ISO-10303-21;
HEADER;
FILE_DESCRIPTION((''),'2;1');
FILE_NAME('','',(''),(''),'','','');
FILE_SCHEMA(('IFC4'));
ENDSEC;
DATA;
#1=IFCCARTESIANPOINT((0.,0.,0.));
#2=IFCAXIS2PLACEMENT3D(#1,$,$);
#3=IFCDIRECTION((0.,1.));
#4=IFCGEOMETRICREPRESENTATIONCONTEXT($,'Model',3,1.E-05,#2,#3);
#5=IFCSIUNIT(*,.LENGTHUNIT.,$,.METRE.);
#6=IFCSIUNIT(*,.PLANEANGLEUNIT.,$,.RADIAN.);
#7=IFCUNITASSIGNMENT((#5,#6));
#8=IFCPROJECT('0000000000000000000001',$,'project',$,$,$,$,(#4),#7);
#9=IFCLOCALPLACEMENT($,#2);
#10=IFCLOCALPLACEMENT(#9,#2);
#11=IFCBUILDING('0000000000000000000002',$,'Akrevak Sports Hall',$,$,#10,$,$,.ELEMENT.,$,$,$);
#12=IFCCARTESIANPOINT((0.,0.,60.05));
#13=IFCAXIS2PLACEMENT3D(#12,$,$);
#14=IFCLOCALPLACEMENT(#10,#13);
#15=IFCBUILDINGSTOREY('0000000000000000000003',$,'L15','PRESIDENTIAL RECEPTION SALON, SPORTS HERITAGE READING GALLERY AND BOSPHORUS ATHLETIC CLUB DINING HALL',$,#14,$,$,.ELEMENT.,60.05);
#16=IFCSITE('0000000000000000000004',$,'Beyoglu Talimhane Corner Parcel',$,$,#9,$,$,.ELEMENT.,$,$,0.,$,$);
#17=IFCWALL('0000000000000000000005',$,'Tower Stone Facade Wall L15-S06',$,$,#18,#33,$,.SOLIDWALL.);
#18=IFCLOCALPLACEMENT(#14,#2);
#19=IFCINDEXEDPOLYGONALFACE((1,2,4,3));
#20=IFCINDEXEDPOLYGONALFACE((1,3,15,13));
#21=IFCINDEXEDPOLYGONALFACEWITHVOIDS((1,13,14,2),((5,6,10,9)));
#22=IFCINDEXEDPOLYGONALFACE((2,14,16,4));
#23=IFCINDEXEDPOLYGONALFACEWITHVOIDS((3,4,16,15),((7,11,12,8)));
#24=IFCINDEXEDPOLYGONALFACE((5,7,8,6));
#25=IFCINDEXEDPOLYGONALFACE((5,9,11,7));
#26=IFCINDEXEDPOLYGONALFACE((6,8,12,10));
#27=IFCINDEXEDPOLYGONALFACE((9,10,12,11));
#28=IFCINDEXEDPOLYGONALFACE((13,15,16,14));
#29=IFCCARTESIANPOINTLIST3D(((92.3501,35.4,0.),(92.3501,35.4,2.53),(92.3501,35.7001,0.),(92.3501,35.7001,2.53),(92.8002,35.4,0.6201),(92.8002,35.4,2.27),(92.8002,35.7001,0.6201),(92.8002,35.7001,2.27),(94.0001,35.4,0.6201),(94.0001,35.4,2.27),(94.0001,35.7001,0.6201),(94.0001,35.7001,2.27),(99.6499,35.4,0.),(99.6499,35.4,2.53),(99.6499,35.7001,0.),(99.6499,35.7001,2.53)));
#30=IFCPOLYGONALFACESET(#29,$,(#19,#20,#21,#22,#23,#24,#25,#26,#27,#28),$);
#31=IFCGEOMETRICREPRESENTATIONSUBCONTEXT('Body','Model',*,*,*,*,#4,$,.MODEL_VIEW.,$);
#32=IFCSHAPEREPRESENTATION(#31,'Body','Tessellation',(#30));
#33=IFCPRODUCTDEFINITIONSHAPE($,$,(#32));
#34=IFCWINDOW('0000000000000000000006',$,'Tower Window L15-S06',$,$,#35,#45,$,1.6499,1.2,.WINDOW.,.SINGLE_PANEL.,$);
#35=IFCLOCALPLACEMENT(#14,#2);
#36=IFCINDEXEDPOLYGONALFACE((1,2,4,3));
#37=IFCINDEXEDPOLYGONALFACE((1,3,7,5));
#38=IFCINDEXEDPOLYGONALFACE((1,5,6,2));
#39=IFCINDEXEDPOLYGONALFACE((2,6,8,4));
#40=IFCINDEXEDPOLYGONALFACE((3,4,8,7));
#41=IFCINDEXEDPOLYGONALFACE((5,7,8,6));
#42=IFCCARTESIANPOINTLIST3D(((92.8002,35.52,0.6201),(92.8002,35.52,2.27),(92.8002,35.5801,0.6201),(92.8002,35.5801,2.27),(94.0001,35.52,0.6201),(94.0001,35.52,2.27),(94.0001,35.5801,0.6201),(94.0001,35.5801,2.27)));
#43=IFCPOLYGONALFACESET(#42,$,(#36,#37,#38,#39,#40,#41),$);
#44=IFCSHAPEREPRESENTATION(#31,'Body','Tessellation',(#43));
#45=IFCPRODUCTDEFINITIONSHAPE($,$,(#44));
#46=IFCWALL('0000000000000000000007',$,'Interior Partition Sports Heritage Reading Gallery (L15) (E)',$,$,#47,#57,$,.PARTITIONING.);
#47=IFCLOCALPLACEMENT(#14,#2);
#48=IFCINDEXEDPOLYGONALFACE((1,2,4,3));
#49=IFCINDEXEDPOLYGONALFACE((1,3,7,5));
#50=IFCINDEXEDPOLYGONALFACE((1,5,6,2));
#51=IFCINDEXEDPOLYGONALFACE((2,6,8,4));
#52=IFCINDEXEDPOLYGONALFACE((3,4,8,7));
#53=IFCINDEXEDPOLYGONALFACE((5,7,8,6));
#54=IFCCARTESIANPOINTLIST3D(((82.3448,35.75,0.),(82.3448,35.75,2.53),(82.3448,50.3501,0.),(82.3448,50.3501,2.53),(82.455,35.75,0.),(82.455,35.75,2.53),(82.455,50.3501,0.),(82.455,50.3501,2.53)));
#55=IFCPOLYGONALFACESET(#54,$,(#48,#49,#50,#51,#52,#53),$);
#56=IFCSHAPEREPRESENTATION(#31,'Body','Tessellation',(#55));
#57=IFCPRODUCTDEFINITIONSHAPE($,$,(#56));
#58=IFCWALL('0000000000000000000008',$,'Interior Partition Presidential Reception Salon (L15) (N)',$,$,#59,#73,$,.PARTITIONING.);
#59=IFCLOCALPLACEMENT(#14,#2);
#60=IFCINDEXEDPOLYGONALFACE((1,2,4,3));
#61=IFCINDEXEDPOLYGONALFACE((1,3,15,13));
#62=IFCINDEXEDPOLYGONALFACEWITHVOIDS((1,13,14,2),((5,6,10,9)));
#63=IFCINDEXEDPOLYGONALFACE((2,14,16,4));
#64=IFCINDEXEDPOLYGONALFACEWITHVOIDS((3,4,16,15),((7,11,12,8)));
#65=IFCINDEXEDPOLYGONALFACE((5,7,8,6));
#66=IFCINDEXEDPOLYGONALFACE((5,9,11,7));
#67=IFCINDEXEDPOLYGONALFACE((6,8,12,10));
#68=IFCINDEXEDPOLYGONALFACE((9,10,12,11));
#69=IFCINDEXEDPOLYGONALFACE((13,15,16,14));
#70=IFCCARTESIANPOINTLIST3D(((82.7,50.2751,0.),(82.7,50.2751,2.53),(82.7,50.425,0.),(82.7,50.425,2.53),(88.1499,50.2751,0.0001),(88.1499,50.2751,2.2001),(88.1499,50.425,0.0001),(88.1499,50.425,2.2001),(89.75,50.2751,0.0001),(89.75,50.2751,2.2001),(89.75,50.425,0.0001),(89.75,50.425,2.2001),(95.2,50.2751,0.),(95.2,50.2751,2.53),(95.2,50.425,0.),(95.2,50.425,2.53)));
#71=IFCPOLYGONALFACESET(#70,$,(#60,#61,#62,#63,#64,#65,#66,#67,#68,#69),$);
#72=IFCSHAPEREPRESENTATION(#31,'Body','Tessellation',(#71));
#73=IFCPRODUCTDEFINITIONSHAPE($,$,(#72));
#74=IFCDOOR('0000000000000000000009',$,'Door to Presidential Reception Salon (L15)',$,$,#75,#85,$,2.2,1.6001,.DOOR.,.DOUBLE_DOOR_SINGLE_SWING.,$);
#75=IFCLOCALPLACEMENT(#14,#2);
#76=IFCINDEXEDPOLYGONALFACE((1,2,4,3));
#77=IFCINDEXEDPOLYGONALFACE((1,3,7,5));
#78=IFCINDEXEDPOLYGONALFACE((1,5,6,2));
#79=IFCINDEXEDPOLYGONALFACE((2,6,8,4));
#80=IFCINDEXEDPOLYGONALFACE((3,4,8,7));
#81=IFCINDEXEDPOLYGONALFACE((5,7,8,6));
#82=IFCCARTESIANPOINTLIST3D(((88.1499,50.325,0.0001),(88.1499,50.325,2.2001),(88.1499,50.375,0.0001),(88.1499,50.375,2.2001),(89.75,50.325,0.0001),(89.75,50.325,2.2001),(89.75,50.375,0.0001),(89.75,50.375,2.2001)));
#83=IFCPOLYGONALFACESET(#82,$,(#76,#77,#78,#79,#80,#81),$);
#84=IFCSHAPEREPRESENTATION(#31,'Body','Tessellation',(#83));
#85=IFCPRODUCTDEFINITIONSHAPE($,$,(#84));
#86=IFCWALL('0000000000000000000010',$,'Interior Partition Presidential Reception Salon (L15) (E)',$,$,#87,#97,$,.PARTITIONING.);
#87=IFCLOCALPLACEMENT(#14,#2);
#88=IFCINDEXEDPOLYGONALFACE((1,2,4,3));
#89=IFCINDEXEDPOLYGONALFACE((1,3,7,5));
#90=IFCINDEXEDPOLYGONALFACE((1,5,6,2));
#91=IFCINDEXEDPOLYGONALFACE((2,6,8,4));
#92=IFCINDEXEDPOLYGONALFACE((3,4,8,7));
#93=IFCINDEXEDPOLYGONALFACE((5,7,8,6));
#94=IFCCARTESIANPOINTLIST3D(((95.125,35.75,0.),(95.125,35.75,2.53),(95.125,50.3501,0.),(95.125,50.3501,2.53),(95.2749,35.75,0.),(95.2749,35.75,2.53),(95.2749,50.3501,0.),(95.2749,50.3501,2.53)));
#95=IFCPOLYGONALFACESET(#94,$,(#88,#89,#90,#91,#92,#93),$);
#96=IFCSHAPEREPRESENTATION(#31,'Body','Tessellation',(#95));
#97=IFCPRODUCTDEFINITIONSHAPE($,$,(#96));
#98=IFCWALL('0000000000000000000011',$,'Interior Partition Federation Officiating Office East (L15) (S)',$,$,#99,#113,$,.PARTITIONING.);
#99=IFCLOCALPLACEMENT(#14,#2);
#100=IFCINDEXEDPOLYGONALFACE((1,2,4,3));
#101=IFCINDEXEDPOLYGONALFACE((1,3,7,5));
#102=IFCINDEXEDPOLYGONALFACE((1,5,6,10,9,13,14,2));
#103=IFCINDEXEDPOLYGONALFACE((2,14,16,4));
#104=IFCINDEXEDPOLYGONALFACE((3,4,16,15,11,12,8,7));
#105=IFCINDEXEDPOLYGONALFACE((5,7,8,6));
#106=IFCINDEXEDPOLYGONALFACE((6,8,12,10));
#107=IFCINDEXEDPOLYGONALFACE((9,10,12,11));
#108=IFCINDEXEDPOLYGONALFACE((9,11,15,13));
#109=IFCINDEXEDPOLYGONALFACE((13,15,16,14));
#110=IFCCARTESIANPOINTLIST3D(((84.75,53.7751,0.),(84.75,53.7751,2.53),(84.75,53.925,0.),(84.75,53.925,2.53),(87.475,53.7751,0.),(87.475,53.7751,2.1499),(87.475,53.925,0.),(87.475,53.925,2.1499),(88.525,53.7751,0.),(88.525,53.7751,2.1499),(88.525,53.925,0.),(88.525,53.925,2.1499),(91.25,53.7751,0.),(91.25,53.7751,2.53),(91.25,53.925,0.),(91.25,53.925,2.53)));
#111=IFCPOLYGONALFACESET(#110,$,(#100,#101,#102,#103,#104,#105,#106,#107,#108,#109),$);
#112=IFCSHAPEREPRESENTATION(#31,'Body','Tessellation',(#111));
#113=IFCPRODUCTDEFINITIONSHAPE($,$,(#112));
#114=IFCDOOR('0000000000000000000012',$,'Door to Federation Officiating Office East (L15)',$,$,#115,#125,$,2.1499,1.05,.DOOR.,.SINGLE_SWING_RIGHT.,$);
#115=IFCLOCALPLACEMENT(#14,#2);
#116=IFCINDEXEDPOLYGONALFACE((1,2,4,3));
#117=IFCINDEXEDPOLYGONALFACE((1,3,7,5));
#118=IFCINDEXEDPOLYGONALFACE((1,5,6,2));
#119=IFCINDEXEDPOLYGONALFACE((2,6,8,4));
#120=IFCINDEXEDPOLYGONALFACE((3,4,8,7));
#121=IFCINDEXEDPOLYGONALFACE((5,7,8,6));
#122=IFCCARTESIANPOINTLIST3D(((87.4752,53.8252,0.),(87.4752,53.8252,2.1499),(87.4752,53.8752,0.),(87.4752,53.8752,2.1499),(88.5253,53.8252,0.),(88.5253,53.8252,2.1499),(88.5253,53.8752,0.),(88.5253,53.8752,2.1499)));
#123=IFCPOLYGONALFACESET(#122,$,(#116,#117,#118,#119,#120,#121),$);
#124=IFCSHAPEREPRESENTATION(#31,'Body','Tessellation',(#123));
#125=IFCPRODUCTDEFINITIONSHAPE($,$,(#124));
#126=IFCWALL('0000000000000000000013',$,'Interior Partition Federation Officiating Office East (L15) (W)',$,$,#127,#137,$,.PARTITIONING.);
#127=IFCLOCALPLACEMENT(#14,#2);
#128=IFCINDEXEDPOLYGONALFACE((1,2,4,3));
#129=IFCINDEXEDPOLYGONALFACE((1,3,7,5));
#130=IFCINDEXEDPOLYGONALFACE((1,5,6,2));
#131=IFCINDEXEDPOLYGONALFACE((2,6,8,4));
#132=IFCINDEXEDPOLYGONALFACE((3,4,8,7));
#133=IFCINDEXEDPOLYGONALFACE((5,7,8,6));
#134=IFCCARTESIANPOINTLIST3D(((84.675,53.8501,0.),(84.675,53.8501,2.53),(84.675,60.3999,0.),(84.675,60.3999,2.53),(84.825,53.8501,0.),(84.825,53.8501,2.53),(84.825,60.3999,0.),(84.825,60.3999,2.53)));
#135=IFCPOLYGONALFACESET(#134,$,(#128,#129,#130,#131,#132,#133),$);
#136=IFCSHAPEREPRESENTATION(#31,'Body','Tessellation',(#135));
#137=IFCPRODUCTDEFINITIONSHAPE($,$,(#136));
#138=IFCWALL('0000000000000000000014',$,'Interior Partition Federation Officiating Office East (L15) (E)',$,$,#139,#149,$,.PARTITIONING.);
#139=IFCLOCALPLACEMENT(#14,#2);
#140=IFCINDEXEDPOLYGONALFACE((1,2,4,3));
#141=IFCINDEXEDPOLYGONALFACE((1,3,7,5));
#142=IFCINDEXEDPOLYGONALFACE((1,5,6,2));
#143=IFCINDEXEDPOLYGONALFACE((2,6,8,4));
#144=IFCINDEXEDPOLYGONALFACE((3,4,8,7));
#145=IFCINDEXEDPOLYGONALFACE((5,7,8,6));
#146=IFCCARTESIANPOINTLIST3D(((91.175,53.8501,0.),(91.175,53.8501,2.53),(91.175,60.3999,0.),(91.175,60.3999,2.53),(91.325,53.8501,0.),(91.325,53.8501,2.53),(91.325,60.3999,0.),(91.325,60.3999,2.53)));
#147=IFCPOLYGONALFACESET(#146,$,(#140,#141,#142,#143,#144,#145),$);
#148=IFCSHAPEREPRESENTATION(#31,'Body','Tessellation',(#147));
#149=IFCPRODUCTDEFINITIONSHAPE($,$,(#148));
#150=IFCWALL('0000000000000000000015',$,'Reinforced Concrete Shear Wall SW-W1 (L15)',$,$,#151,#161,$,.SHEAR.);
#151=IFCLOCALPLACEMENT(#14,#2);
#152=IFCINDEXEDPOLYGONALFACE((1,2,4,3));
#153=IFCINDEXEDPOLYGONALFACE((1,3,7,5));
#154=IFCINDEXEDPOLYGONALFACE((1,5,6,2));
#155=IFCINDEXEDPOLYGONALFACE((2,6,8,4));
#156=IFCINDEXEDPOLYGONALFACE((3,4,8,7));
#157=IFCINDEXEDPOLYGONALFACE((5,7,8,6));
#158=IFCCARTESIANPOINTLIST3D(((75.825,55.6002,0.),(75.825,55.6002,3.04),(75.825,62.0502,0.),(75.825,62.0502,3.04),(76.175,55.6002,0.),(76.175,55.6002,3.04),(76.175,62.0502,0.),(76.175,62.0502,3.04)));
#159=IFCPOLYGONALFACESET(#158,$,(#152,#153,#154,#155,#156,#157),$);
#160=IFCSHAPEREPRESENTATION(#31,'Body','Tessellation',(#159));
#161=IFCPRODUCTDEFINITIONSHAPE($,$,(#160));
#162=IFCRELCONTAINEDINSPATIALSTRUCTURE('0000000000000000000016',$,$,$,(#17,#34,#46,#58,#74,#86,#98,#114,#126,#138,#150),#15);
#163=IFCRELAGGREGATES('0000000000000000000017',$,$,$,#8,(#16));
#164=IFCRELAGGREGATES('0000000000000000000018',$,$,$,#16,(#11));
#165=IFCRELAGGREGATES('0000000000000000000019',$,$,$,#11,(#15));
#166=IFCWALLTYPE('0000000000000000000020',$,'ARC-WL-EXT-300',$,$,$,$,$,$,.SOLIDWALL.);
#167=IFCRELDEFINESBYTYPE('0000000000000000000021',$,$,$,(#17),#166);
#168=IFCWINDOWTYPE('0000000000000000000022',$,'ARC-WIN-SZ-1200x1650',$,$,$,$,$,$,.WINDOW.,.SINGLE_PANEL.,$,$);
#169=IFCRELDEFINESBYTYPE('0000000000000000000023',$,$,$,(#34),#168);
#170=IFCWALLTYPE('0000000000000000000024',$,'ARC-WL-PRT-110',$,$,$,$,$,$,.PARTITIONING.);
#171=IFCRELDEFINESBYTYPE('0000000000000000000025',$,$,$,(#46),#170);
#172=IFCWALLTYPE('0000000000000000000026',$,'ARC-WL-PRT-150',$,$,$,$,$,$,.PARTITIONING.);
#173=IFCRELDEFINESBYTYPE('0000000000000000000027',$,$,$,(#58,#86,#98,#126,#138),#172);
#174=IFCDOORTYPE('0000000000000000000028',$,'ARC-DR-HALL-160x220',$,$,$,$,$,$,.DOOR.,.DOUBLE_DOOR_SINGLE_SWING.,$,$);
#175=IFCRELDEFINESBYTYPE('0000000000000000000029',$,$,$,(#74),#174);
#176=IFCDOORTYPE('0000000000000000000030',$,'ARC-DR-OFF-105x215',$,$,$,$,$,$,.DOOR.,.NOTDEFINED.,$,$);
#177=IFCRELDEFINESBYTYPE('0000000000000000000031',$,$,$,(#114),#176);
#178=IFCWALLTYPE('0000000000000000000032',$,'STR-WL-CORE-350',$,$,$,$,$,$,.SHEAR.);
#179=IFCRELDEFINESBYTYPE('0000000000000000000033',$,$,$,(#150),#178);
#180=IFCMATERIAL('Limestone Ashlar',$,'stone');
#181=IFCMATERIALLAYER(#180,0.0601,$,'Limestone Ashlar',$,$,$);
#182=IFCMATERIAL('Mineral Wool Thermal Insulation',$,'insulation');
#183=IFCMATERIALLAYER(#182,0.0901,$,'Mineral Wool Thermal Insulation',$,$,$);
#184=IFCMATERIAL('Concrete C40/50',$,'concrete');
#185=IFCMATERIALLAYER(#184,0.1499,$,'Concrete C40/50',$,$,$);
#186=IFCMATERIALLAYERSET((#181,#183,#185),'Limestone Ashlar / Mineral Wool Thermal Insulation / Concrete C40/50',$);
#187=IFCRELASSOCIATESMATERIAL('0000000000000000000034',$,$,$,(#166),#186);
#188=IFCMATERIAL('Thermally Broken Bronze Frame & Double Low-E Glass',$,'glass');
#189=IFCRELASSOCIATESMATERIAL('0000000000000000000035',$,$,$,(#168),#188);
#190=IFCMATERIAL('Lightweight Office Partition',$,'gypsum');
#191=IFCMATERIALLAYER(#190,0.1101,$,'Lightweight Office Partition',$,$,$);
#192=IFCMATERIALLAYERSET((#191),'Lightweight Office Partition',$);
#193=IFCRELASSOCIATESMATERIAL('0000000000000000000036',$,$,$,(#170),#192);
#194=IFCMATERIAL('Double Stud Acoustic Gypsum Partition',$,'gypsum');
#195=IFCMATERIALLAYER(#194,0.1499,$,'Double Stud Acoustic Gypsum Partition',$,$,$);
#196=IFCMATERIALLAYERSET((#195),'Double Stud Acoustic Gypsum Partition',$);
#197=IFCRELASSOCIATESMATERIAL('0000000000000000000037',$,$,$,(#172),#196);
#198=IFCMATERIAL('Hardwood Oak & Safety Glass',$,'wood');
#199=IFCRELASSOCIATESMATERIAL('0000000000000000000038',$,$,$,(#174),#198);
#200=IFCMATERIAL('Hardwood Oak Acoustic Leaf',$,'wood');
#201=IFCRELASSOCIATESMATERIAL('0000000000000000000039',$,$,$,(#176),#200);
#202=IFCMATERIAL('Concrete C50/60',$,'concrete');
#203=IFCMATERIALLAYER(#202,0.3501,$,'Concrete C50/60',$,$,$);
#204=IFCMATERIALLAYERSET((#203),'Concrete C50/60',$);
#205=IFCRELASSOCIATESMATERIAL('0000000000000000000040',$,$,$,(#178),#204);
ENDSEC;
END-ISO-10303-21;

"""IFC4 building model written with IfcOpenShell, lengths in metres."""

from ifc_helpers import new_model, si_unit, direction, frame, frame_2d, origin, place, context, subcontext, project, spatial, rectangle, extrude, material, layer, layer_set, type_object, element, fill, save


model = new_model("IFC4")

# Units and contexts
model_context = context("Model", 3, precision=1e-05, world=origin(), true_north=direction((0.0, 1.0)))
body_context = subcontext(model_context, "Body", "Model", "MODEL_VIEW")
ifc_project = project(units=[si_unit("LENGTHUNIT", "METRE"), si_unit("PLANEANGLEUNIT", "RADIAN")], contexts=[model_context])

# Site, building, storey
site_placement = place(None, origin())
site = spatial("IfcSite", under=ifc_project, at=site_placement, Name="Beyoglu Talimhane Corner Parcel", CompositionType="ELEMENT", RefElevation=0.0)
building_placement = place(site_placement, origin())
building = spatial("IfcBuilding", under=site, at=building_placement, Name="Akrevak Sports Hall", CompositionType="ELEMENT")
storey_placement = place(building_placement, frame((0.0, 0.0, 60.05)))
storey = spatial("IfcBuildingStorey", under=building, at=storey_placement, Name="L15", Description="PRESIDENTIAL RECEPTION SALON, SPORTS HERITAGE READING GALLERY AND BOSPHORUS ATHLETIC CLUB DINING HALL", CompositionType="ELEMENT", Elevation=60.05)

# Shared definitions
ifc_material_1 = material(Name="Concrete C40/50", Category="concrete")

# Wall, opening, window
ifc_material_2 = material(Name="Limestone Ashlar", Category="stone")
ifc_layer_1 = layer(ifc_material_2, 0.0601, Name="Limestone Ashlar")
ifc_material_3 = material(Name="Mineral Wool Thermal Insulation", Category="insulation")
ifc_layer_2 = layer(ifc_material_3, 0.0901, Name="Mineral Wool Thermal Insulation")
ifc_layer_3 = layer(ifc_material_1, 0.1499, Name="Concrete C40/50")
ifc_layer_set_1 = layer_set([ifc_layer_1, ifc_layer_2, ifc_layer_3], Name="Limestone Ashlar / Mineral Wool Thermal Insulation / Concrete C40/50")
wall_type_1 = type_object("IfcWallType", Name="ARC-WL-EXT-300", PredefinedType="SOLIDWALL", material=ifc_layer_set_1)
wall_1_placement = place(storey_placement, frame((92.3501, 35.55, 0.0), z_axis=(0.0, 0.0, 1.0), x_axis=(1.0, 0.0, 0.0)))
wall_1 = element("IfcWall", 1, at=wall_1_placement, inside=storey, type_object=wall_type_1, Name="Tower Stone Facade Wall L15-S06", PredefinedType="SOLIDWALL", context=body_context, shape_type="SweptSolid", body=[
    extrude(rectangle(XDim=7.2998, YDim=0.3, at=frame_2d((3.6499, 0.0))), origin(), (0.0, 0.0, 1.0), 2.53),
])
opening_1_placement = place(wall_1_placement, frame((0.45, 0.0, 0.6201)))
opening_1 = element("IfcOpeningElement", 2, at=opening_1_placement, cuts=wall_1, PredefinedType="OPENING", context=body_context, shape_type="SweptSolid", body=[
    extrude(rectangle(XDim=1.2, YDim=1.6499, at=frame_2d((0.6001, 0.825))), frame((0.0, 0.1621, 0.0), z_axis=(0.0, -1.0, 0.0), x_axis=(1.0, 0.0, 0.0)), (0.0, 0.0, 1.0), 0.324),
])
ifc_material_4 = material(Name="Thermally Broken Bronze Frame & Double Low-E Glass", Category="glass")
window_type = type_object("IfcWindowType", Name="ARC-WIN-SZ-1200x1650", PartitioningType="SINGLE_PANEL", PredefinedType="WINDOW", material=ifc_material_4)
window_placement = place(opening_1_placement, origin())
window = element("IfcWindow", 3, at=window_placement, inside=storey, type_object=window_type, Name="Tower Window L15-S06", OverallHeight=1.6499, OverallWidth=1.2, PartitioningType="SINGLE_PANEL", PredefinedType="WINDOW", context=body_context, shape_type="SweptSolid", body=[
    extrude(rectangle(XDim=1.2, YDim=1.6499, at=frame_2d((0.6001, 0.825))), frame((0.0, 0.03, 0.0), z_axis=(0.0, -1.0, 0.0), x_axis=(1.0, 0.0, 0.0)), (0.0, 0.0, 1.0), 0.0601),
])
fill(opening_1, window)

# Wall
ifc_material_5 = material(Name="Lightweight Office Partition", Category="gypsum")
ifc_layer_4 = layer(ifc_material_5, 0.1101, Name="Lightweight Office Partition")
ifc_layer_set_2 = layer_set([ifc_layer_4], Name="Lightweight Office Partition")
wall_type_2 = type_object("IfcWallType", Name="ARC-WL-PRT-110", PredefinedType="PARTITIONING", material=ifc_layer_set_2)
wall_2_placement = place(storey_placement, frame((82.3999, 35.75, 0.0), z_axis=(0.0, 0.0, 1.0), x_axis=(0.0, 1.0, 0.0)))
element("IfcWall", 4, at=wall_2_placement, inside=storey, type_object=wall_type_2, Name="Interior Partition Sports Heritage Reading Gallery (L15) (E)", PredefinedType="PARTITIONING", context=body_context, shape_type="SweptSolid", body=[
    extrude(rectangle(XDim=14.6001, YDim=0.1101, at=frame_2d((7.3, 0.0))), origin(), (0.0, 0.0, 1.0), 2.53),
])

# Wall, opening, door
ifc_material_6 = material(Name="Double Stud Acoustic Gypsum Partition", Category="gypsum")
ifc_layer_5 = layer(ifc_material_6, 0.1499, Name="Double Stud Acoustic Gypsum Partition")
ifc_layer_set_3 = layer_set([ifc_layer_5], Name="Double Stud Acoustic Gypsum Partition")
wall_type_3 = type_object("IfcWallType", Name="ARC-WL-PRT-150", PredefinedType="PARTITIONING", material=ifc_layer_set_3)
wall_3_placement = place(storey_placement, frame((82.7, 50.3501, 0.0), z_axis=(0.0, 0.0, 1.0), x_axis=(1.0, 0.0, 0.0)))
wall_3 = element("IfcWall", 5, at=wall_3_placement, inside=storey, type_object=wall_type_3, Name="Interior Partition Presidential Reception Salon (L15) (N)", PredefinedType="PARTITIONING", context=body_context, shape_type="SweptSolid", body=[
    extrude(rectangle(XDim=12.5, YDim=0.1499, at=frame_2d((6.25, 0.0))), origin(), (0.0, 0.0, 1.0), 2.53),
])
opening_2_placement = place(wall_3_placement, frame((5.45, 0.0, 0.0)))
opening_2 = element("IfcOpeningElement", 6, at=opening_2_placement, cuts=wall_3, PredefinedType="OPENING", context=body_context, shape_type="SweptSolid", body=[
    extrude(rectangle(XDim=1.6001, YDim=2.2, at=frame_2d((0.8, 1.1001))), frame((0.0, 0.0869, 0.0), z_axis=(0.0, -1.0, 0.0), x_axis=(1.0, 0.0, 0.0)), (0.0, 0.0, 1.0), 0.1738),
])
ifc_material_7 = material(Name="Hardwood Oak & Safety Glass", Category="wood")
door_type_1 = type_object("IfcDoorType", Name="ARC-DR-HALL-160x220", OperationType="DOUBLE_DOOR_SINGLE_SWING", PredefinedType="DOOR", material=ifc_material_7)
door_1_placement = place(opening_2_placement, origin())
door_1 = element("IfcDoor", 7, at=door_1_placement, inside=storey, type_object=door_type_1, Name="Door to Presidential Reception Salon (L15)", OperationType="DOUBLE_DOOR_SINGLE_SWING", OverallHeight=2.2, OverallWidth=1.6001, PredefinedType="DOOR", context=body_context, shape_type="SweptSolid", body=[
    extrude(rectangle(XDim=1.6001, YDim=2.2, at=frame_2d((0.8, 1.1001))), frame((0.0, 0.0249, 0.0), z_axis=(0.0, -1.0, 0.0), x_axis=(1.0, 0.0, 0.0)), (0.0, 0.0, 1.0), 0.05),
])
fill(opening_2, door_1)

# Wall
wall_4_placement = place(storey_placement, frame((95.2, 35.75, 0.0), z_axis=(0.0, 0.0, 1.0), x_axis=(0.0, 1.0, 0.0)))
element("IfcWall", 8, at=wall_4_placement, inside=storey, type_object=wall_type_3, Name="Interior Partition Presidential Reception Salon (L15) (E)", PredefinedType="PARTITIONING", context=body_context, shape_type="SweptSolid", body=[
    extrude(rectangle(XDim=14.6001, YDim=0.1499, at=frame_2d((7.3, 0.0))), origin(), (0.0, 0.0, 1.0), 2.53),
])

# Wall, opening, door
wall_5_placement = place(storey_placement, frame((84.75, 53.8501, 0.0), z_axis=(0.0, 0.0, 1.0), x_axis=(1.0, 0.0, 0.0)))
wall_5 = element("IfcWall", 9, at=wall_5_placement, inside=storey, type_object=wall_type_3, Name="Interior Partition Federation Officiating Office East (L15) (S)", PredefinedType="PARTITIONING", context=body_context, shape_type="SweptSolid", body=[
    extrude(rectangle(XDim=6.5, YDim=0.1499, at=frame_2d((3.25, 0.0))), origin(), (0.0, 0.0, 1.0), 2.53),
])
opening_3_placement = place(wall_5_placement, frame((2.7251, 0.0, 0.0)))
opening_3 = element("IfcOpeningElement", 10, at=opening_3_placement, cuts=wall_5, PredefinedType="OPENING", context=body_context, shape_type="SweptSolid", body=[
    extrude(rectangle(XDim=1.05, YDim=2.1499, at=frame_2d((0.5249, 1.075))), frame((0.0, 0.0869, 0.0), z_axis=(0.0, -1.0, 0.0), x_axis=(1.0, 0.0, 0.0)), (0.0, 0.0, 1.0), 0.1738),
])
ifc_material_8 = material(Name="Hardwood Oak Acoustic Leaf", Category="wood")
door_type_2 = type_object("IfcDoorType", Name="ARC-DR-OFF-105x215", OperationType="NOTDEFINED", PredefinedType="DOOR", material=ifc_material_8)
door_2_placement = place(opening_3_placement, frame((1.05, 0.0, 0.0), z_axis=(0.0, 0.0, 1.0), x_axis=(-1.0, 0.0, 0.0)))
door_2 = element("IfcDoor", 11, at=door_2_placement, inside=storey, type_object=door_type_2, Name="Door to Federation Officiating Office East (L15)", OperationType="SINGLE_SWING_RIGHT", OverallHeight=2.1499, OverallWidth=1.05, PredefinedType="DOOR", context=body_context, shape_type="SweptSolid", body=[
    extrude(rectangle(XDim=1.05, YDim=2.1499, at=frame_2d((0.5249, 1.075))), frame((0.0, 0.0249, 0.0), z_axis=(0.0, -1.0, 0.0), x_axis=(1.0, 0.0, 0.0)), (0.0, 0.0, 1.0), 0.05),
])
fill(opening_3, door_2)

# Walls
for number, where, z_axis, x_axis, name in (
    (12, (84.75, 53.8501, 0.0), (0.0, 0.0, 1.0), (0.0, 1.0, 0.0), "Interior Partition Federation Officiating Office East (L15) (W)"),
    (13, (91.25, 53.8501, 0.0), (0.0, 0.0, 1.0), (0.0, 1.0, 0.0), "Interior Partition Federation Officiating Office East (L15) (E)"),
):
    element("IfcWall", number, at=place(storey_placement, frame(where, z_axis=z_axis, x_axis=x_axis)), inside=storey, type_object=wall_type_3, Name=name, PredefinedType="PARTITIONING", context=body_context, shape_type="SweptSolid", body=[
        extrude(rectangle(XDim=6.5498, YDim=0.1499, at=frame_2d((3.2749, 0.0))), origin(), (0.0, 0.0, 1.0), 2.53),
    ])
ifc_material_9 = material(Name="Concrete C50/60", Category="concrete")
ifc_layer_6 = layer(ifc_material_9, 0.3501, Name="Concrete C50/60")
ifc_layer_set_4 = layer_set([ifc_layer_6], Name="Concrete C50/60")
wall_type_4 = type_object("IfcWallType", Name="STR-WL-CORE-350", PredefinedType="SHEAR", material=ifc_layer_set_4)
wall_6_placement = place(storey_placement, frame((76.0, 55.6001, 0.0), z_axis=(0.0, 0.0, 1.0), x_axis=(0.0, 1.0, 0.0)))
element("IfcWall", 14, at=wall_6_placement, inside=storey, type_object=wall_type_4, Name="Reinforced Concrete Shear Wall SW-W1 (L15)", PredefinedType="SHEAR", context=body_context, shape_type="SweptSolid", body=[
    extrude(rectangle(XDim=6.45, YDim=0.3501, at=frame_2d((3.2251, 0.0))), origin(), (0.0, 0.0, 1.0), 3.04),
])

save(model, "model.ifc")
